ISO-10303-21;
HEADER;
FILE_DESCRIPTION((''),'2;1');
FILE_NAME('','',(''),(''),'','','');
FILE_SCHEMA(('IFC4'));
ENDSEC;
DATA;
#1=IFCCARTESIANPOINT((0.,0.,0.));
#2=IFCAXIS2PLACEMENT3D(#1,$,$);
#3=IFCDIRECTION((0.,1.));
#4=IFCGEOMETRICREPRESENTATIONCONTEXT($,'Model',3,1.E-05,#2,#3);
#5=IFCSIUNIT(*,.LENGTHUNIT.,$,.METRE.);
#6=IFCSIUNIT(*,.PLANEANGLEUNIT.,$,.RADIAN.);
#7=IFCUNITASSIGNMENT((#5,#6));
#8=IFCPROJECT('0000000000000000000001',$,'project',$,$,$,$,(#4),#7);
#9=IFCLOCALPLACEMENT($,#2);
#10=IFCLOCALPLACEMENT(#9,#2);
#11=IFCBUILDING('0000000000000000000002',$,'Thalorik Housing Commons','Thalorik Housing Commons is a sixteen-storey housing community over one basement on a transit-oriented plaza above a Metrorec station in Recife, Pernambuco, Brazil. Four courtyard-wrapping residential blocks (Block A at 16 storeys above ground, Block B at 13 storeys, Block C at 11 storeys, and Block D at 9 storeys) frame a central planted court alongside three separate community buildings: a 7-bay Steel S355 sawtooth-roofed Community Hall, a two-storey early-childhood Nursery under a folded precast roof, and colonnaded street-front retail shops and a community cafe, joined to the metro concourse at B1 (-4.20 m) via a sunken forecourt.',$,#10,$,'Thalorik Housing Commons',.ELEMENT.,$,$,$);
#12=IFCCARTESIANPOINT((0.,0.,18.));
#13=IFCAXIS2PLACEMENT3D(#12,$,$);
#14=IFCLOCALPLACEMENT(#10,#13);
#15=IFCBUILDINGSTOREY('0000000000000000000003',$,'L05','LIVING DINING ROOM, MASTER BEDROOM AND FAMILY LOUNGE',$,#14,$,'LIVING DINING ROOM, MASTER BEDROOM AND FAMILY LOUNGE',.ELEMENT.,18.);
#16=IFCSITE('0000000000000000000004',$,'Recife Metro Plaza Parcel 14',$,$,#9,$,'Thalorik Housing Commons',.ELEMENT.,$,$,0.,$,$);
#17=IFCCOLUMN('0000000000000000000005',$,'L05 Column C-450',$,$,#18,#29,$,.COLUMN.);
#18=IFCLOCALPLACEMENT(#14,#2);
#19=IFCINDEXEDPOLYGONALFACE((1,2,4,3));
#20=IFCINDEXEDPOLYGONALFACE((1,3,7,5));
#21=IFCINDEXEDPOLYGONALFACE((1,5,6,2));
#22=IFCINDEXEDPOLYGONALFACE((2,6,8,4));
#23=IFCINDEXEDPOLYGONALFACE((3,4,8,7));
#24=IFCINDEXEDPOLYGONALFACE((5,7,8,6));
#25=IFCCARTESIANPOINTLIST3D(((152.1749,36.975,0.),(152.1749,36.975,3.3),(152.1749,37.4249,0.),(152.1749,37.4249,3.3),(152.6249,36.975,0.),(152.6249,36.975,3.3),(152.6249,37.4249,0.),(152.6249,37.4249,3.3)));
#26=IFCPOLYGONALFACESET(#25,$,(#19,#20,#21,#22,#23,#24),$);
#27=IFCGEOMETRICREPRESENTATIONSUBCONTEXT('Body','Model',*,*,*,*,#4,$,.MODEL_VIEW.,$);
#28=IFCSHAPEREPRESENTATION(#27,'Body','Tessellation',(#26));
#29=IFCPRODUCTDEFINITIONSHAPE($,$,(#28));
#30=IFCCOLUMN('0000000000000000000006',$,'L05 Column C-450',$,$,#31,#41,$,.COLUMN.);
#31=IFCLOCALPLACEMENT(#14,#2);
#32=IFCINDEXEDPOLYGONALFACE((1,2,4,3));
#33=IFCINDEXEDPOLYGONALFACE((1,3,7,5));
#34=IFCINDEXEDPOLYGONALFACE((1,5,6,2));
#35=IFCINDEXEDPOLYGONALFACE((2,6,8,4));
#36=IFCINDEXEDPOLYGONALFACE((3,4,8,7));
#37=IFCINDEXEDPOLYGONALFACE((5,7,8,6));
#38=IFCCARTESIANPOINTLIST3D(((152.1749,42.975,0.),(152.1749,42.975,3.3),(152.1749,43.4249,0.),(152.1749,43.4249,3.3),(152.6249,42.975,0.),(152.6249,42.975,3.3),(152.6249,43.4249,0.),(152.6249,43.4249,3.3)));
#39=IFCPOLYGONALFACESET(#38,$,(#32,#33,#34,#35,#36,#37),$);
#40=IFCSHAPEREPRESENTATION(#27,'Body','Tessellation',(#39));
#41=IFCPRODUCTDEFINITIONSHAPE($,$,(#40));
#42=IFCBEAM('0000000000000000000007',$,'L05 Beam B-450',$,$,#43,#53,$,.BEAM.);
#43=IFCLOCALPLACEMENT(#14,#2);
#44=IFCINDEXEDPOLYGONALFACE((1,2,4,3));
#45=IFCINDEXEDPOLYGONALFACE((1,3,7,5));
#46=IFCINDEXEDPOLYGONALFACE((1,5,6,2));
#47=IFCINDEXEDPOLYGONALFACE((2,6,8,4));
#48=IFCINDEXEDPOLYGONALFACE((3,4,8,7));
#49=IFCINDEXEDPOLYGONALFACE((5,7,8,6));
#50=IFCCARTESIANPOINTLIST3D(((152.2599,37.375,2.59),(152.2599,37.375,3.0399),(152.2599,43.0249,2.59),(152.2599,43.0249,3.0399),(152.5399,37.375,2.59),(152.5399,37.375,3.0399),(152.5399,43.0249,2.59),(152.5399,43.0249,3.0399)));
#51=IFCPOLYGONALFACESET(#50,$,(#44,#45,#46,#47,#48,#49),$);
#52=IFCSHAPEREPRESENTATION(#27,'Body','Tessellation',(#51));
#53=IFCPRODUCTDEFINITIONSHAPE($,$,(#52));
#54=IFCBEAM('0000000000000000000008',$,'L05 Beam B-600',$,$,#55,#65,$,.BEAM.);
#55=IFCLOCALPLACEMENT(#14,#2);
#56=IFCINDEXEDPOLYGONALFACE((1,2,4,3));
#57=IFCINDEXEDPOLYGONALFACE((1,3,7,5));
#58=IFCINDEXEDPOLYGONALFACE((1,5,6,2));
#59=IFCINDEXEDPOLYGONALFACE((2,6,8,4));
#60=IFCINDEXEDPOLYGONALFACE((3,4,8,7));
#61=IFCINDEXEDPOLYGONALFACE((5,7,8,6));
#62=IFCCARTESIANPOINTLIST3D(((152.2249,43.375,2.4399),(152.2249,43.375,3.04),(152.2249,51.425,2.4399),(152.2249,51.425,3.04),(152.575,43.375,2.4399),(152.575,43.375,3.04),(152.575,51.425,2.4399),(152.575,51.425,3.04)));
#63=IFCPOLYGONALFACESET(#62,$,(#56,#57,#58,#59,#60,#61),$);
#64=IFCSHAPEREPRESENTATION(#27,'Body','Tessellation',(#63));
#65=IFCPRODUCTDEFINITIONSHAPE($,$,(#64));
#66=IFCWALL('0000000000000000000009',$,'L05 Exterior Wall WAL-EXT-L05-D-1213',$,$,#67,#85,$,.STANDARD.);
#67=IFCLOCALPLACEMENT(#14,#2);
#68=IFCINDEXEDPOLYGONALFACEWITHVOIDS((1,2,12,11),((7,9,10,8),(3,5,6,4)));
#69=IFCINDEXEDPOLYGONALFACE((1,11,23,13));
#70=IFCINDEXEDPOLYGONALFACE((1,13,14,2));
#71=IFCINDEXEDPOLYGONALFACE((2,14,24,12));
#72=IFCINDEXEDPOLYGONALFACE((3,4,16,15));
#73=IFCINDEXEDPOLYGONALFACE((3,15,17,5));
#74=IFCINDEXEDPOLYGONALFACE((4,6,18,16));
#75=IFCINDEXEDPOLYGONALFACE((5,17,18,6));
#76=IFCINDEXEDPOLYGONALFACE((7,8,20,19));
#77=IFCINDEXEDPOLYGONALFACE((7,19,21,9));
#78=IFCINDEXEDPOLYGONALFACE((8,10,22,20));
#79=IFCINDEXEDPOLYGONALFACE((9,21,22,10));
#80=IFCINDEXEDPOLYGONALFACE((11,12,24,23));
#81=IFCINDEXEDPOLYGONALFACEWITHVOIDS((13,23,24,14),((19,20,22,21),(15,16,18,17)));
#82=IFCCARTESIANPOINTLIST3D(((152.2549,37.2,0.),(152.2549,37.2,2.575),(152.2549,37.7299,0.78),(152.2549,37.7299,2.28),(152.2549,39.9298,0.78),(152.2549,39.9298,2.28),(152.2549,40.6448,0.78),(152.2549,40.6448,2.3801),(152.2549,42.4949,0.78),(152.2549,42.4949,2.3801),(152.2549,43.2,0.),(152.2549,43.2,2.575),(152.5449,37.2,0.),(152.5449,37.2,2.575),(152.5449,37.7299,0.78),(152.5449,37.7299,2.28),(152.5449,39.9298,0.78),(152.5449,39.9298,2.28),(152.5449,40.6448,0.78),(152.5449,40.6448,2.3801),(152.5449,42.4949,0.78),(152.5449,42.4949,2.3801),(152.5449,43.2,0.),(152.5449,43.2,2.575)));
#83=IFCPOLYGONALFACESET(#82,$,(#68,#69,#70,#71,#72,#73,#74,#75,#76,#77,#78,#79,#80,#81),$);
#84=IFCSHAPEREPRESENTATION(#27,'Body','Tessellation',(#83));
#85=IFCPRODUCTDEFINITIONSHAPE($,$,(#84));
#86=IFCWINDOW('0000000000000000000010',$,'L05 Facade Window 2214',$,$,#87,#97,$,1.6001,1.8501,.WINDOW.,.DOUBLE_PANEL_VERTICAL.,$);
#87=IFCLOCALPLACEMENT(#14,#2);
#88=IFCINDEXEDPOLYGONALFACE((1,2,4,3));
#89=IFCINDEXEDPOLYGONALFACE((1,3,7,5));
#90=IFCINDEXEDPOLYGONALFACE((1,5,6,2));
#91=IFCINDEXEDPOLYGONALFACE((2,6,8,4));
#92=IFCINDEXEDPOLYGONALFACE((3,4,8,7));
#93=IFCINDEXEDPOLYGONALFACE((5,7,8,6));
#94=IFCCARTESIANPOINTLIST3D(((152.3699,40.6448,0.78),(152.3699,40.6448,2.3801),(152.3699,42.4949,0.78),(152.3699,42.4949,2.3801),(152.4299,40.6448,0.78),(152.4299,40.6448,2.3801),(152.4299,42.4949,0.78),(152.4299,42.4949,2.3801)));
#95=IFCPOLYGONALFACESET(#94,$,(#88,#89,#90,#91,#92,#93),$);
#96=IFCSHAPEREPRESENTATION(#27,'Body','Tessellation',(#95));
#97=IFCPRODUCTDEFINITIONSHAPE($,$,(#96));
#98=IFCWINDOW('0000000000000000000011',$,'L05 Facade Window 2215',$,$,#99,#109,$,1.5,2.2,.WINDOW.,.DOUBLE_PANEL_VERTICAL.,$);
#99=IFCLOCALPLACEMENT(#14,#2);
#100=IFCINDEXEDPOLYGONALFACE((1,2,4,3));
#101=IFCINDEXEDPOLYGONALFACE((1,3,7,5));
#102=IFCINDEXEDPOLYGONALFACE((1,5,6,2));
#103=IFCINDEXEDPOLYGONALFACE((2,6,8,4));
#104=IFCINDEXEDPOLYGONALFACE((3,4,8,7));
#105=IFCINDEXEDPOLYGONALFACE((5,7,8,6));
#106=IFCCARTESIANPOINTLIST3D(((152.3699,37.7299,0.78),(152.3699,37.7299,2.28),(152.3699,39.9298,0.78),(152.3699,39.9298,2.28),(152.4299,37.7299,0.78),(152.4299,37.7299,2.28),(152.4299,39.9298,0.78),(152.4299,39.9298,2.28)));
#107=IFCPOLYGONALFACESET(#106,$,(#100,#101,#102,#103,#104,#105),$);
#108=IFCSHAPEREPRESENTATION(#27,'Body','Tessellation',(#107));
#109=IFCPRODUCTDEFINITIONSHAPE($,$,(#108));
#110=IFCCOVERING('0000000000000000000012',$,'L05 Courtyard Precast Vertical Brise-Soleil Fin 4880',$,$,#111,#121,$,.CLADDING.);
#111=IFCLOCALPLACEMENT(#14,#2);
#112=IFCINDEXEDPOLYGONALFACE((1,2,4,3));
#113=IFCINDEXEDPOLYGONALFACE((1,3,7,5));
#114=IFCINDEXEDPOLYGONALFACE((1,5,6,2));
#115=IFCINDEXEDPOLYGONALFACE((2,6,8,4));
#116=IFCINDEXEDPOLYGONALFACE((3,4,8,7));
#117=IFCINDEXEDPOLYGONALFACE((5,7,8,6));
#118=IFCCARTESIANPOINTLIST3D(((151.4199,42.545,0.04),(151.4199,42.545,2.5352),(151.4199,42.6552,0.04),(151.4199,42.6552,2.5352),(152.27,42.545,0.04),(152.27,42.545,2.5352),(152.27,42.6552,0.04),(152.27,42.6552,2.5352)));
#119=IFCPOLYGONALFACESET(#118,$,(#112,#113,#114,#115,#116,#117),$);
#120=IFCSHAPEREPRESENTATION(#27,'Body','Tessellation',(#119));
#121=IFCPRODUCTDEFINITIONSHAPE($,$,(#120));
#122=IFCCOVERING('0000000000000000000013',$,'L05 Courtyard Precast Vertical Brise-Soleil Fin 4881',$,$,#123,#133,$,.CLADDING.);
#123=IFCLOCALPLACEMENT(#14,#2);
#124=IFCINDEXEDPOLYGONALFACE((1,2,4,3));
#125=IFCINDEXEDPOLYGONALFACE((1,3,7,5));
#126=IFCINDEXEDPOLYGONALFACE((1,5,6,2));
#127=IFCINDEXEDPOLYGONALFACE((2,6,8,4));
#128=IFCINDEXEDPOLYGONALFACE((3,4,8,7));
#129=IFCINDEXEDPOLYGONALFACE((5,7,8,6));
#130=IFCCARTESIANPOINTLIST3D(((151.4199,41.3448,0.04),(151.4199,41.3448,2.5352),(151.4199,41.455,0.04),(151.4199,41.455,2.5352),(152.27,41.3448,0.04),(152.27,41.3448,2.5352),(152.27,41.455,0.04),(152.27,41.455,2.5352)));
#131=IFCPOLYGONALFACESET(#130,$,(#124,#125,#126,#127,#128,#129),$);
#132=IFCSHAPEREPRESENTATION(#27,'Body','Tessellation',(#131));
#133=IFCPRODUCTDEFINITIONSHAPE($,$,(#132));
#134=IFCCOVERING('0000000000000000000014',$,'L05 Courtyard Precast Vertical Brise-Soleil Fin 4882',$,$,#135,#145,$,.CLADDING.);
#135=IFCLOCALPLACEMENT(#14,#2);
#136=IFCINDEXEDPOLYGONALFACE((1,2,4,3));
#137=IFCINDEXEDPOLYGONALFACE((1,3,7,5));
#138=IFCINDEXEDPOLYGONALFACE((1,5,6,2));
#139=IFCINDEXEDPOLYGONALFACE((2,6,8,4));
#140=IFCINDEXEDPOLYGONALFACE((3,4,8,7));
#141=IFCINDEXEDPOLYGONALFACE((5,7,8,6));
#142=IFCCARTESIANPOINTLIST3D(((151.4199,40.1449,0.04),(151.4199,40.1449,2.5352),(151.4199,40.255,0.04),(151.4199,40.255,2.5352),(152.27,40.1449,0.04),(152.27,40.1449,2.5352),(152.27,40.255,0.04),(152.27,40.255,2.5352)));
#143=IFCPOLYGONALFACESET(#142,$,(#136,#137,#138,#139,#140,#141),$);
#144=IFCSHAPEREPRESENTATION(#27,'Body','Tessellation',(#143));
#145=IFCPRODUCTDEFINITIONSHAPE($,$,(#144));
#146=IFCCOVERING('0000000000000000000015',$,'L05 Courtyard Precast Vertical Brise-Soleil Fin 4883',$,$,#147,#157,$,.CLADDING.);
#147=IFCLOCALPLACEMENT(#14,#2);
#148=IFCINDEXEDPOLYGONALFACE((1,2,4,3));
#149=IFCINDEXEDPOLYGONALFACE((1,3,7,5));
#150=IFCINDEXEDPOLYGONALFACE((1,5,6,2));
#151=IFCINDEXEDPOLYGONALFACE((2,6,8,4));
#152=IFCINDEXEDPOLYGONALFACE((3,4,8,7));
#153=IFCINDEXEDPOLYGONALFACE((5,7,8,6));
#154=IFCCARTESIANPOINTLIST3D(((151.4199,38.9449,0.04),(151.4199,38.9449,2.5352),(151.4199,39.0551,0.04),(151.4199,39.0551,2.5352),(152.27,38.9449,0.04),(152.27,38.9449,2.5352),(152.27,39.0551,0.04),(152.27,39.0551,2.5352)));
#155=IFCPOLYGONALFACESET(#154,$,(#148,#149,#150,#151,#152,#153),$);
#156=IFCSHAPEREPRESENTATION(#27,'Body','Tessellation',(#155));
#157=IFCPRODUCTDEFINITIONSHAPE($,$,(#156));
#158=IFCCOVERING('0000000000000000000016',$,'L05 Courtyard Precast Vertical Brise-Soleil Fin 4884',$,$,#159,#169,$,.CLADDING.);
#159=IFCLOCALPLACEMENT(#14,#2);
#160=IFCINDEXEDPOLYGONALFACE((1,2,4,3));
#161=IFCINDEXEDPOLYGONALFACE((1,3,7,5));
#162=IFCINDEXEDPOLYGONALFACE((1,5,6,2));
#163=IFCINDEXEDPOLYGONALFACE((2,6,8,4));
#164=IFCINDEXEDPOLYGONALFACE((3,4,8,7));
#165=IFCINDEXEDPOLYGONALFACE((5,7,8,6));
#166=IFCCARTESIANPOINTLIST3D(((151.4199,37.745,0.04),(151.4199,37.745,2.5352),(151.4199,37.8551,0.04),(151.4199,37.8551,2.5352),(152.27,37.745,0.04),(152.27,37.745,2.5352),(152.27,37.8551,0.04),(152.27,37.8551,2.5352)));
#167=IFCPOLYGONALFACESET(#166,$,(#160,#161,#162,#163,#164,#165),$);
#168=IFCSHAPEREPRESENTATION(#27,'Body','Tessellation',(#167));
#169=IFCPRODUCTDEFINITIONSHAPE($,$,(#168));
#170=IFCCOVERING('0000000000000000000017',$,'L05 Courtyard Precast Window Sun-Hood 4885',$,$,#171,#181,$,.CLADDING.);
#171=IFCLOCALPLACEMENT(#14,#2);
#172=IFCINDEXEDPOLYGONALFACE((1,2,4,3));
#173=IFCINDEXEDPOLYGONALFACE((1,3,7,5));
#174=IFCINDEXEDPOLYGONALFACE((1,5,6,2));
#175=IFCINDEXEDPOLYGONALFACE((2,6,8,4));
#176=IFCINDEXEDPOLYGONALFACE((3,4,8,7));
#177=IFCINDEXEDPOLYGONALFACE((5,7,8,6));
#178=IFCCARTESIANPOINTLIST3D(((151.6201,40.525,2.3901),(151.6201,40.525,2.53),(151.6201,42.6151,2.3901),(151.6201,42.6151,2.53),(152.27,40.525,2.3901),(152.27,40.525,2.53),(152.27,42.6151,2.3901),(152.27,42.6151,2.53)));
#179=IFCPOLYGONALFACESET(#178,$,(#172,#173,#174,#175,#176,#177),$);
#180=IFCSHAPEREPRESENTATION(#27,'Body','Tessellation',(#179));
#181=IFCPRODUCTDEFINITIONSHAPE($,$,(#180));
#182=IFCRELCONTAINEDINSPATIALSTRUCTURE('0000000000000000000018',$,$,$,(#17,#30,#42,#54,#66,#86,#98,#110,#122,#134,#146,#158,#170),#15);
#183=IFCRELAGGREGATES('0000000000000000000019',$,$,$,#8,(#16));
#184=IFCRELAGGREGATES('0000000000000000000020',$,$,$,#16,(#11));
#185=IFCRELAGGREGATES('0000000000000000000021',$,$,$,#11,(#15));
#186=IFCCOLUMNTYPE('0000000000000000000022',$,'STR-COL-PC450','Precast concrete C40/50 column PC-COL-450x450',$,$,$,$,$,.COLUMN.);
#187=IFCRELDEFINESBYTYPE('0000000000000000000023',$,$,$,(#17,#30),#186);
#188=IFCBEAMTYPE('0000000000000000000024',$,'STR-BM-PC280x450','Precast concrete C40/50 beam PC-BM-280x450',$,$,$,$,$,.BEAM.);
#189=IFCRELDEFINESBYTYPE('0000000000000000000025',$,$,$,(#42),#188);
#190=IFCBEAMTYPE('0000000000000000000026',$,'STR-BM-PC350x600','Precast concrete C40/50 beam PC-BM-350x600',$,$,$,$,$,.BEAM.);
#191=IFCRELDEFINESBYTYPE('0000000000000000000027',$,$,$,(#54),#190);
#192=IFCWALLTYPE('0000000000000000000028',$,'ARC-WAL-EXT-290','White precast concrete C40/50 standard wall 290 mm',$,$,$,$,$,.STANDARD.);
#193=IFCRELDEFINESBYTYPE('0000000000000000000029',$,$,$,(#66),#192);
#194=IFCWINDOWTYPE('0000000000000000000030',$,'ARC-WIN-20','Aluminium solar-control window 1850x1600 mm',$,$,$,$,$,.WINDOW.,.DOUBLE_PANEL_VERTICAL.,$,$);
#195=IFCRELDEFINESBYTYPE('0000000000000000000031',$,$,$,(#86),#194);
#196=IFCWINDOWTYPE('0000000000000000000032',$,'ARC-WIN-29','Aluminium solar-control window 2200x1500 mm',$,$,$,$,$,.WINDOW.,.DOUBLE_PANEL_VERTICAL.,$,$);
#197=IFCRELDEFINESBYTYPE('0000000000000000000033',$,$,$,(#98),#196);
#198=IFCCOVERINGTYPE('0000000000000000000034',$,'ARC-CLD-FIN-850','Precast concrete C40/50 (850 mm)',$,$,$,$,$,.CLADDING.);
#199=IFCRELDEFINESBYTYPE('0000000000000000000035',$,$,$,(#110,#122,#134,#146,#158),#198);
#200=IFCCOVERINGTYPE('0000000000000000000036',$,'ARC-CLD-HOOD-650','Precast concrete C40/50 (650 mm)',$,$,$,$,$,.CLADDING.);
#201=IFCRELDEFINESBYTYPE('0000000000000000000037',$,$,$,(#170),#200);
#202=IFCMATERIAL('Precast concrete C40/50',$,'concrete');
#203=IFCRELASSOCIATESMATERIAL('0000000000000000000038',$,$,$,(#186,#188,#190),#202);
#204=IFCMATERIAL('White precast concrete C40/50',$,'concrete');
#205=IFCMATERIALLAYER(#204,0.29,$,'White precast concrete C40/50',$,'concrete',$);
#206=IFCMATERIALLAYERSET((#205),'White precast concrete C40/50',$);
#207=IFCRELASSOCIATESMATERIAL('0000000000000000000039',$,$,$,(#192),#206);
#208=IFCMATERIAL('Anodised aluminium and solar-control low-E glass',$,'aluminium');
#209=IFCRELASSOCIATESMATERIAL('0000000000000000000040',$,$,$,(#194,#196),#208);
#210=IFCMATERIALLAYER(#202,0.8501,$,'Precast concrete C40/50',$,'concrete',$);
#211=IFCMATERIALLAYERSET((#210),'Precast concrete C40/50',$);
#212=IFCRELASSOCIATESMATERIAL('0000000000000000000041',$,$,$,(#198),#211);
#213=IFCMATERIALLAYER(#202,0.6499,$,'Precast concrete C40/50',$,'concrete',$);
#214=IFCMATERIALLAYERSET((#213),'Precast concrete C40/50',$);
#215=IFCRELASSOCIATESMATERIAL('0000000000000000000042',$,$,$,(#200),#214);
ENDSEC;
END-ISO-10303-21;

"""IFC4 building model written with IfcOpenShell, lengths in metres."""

from ifc_helpers import new_model, si_unit, direction, frame, frame_2d, origin, origin_2d, place, context, subcontext, project, spatial, rectangle, extrude, material, layer, layer_set, material_profile, profile_set, type_object, element, fill, save


model = new_model("IFC4")

# Units and contexts
model_context = context("Model", 3, precision=1e-05, world=origin(), true_north=direction((0.0, 1.0)))
body_context = subcontext(model_context, "Body", "Model", "MODEL_VIEW")
ifc_project = project(units=[si_unit("LENGTHUNIT", "METRE"), si_unit("PLANEANGLEUNIT", "RADIAN")], contexts=[model_context])

# Site, building, storey
site_placement = place(None, origin())
site = spatial("IfcSite", under=ifc_project, at=site_placement, Name="Recife Metro Plaza Parcel 14", LongName="Thalorik Housing Commons", CompositionType="ELEMENT", RefElevation=0.0)
building_placement = place(site_placement, origin())
building = spatial("IfcBuilding", under=site, at=building_placement, Name="Thalorik Housing Commons", Description="Thalorik Housing Commons is a sixteen-storey housing community over one basement on a transit-oriented plaza above a Metrorec station in Recife, Pernambuco, Brazil. Four courtyard-wrapping residential blocks (Block A at 16 storeys above ground, Block B at 13 storeys, Block C at 11 storeys, and Block D at 9 storeys) frame a central planted court alongside three separate community buildings: a 7-bay Steel S355 sawtooth-roofed Community Hall, a two-storey early-childhood Nursery under a folded precast roof, and colonnaded street-front retail shops and a community cafe, joined to the metro concourse at B1 (-4.20 m) via a sunken forecourt.", LongName="Thalorik Housing Commons", CompositionType="ELEMENT")
storey_placement = place(building_placement, frame((0.0, 0.0, 18.0)))
storey = spatial("IfcBuildingStorey", under=building, at=storey_placement, Name="L05", Description="LIVING DINING ROOM, MASTER BEDROOM AND FAMILY LOUNGE", LongName="LIVING DINING ROOM, MASTER BEDROOM AND FAMILY LOUNGE", CompositionType="ELEMENT", Elevation=18.0)

# Columns
ifc_material_1 = material(Name="Precast concrete C40/50", Category="concrete")
ifc_material_profile_1 = material_profile(ifc_material_1, rectangle(XDim=0.45, YDim=0.45, at=origin_2d()), Name="PC 450x450", Category="concrete")
ifc_profile_set_1 = profile_set([ifc_material_profile_1], Name="Precast concrete C40/50")
column_type = type_object("IfcColumnType", Name="STR-COL-PC450", Description="Precast concrete C40/50 column PC-COL-450x450", PredefinedType="COLUMN", material=ifc_profile_set_1)
for number, where, z_axis, x_axis, name in (
    (1, (152.3999, 37.2, 0.0), (0.0, 0.0, 1.0), (1.0, 0.0, 0.0), "L05 Column C-450"),
    (2, (152.3999, 43.2, 0.0), (0.0, 0.0, 1.0), (1.0, 0.0, 0.0), "L05 Column C-450"),
):
    element("IfcColumn", number, at=place(storey_placement, frame(where, z_axis=z_axis, x_axis=x_axis)), inside=storey, type_object=column_type, Name=name, PredefinedType="COLUMN", context=body_context, shape_type="SweptSolid", body=[
        extrude(rectangle(XDim=0.45, YDim=0.45, at=origin_2d()), origin(), (0.0, 0.0, 1.0), 3.3),
    ])

# Beams
ifc_material_profile_2 = material_profile(ifc_material_1, rectangle(XDim=0.28, YDim=0.45, at=origin_2d()), Name="PC 280x450", Category="concrete")
ifc_profile_set_2 = profile_set([ifc_material_profile_2], Name="Precast concrete C40/50")
beam_type_1 = type_object("IfcBeamType", Name="STR-BM-PC280x450", Description="Precast concrete C40/50 beam PC-BM-280x450", PredefinedType="BEAM", material=ifc_profile_set_2)
beam_1_placement = place(storey_placement, frame((152.3999, 37.375, 2.8149), z_axis=(0.0, 1.0, 0.0), x_axis=(-1.0, 0.0, 0.0)))
element("IfcBeam", 3, at=beam_1_placement, inside=storey, type_object=beam_type_1, Name="L05 Beam B-450", PredefinedType="BEAM", context=body_context, shape_type="SweptSolid", body=[
    extrude(rectangle(XDim=0.28, YDim=0.45, at=origin_2d()), origin(), (0.0, 0.0, 1.0), 5.6499),
])
ifc_material_profile_3 = material_profile(ifc_material_1, rectangle(XDim=0.3501, YDim=0.6001, at=origin_2d()), Name="PC 350x600", Category="concrete")
ifc_profile_set_3 = profile_set([ifc_material_profile_3], Name="Precast concrete C40/50")
beam_type_2 = type_object("IfcBeamType", Name="STR-BM-PC350x600", Description="Precast concrete C40/50 beam PC-BM-350x600", PredefinedType="BEAM", material=ifc_profile_set_3)
beam_2_placement = place(storey_placement, frame((152.3999, 43.375, 2.74), z_axis=(0.0, 1.0, 0.0), x_axis=(-1.0, 0.0, 0.0)))
element("IfcBeam", 4, at=beam_2_placement, inside=storey, type_object=beam_type_2, Name="L05 Beam B-600", PredefinedType="BEAM", context=body_context, shape_type="SweptSolid", body=[
    extrude(rectangle(XDim=0.3501, YDim=0.6001, at=origin_2d()), origin(), (0.0, 0.0, 1.0), 8.05),
])

# Wall, openings, windows
ifc_material_2 = material(Name="White precast concrete C40/50", Category="concrete")
ifc_layer_1 = layer(ifc_material_2, 0.29, Name="White precast concrete C40/50", Category="concrete")
ifc_layer_set_1 = layer_set([ifc_layer_1], Name="White precast concrete C40/50")
wall_type = type_object("IfcWallType", Name="ARC-WAL-EXT-290", Description="White precast concrete C40/50 standard wall 290 mm", PredefinedType="STANDARD", material=ifc_layer_set_1)
wall_1_placement = place(storey_placement, frame((152.3999, 43.2, 0.0), z_axis=(0.0, 0.0, 1.0), x_axis=(0.0, -1.0, 0.0)))
wall_1 = element("IfcWall", 5, at=wall_1_placement, inside=storey, type_object=wall_type, Name="L05 Exterior Wall WAL-EXT-L05-D-1213", PredefinedType="STANDARD", context=body_context, shape_type="SweptSolid", body=[
    extrude(rectangle(XDim=6.0, YDim=0.29, at=frame_2d((3.0, 0.0))), origin(), (0.0, 0.0, 1.0), 2.575),
])
opening_1_placement = place(wall_1_placement, frame((0.7051, 0.0, 0.78)))
opening_1 = element("IfcOpeningElement", 6, at=opening_1_placement, cuts=wall_1, PredefinedType="OPENING", context=body_context, shape_type="SweptSolid", body=[
    extrude(rectangle(XDim=1.8501, YDim=1.6001, at=frame_2d((0.925, 0.8))), frame((0.0, 0.155, 0.0), z_axis=(0.0, -1.0, 0.0), x_axis=(1.0, 0.0, 0.0)), (0.0, 0.0, 1.0), 0.3101),
])
opening_2_placement = place(wall_1_placement, frame((3.27, 0.0, 0.78)))
opening_2 = element("IfcOpeningElement", 7, at=opening_2_placement, cuts=wall_1, PredefinedType="OPENING", context=body_context, shape_type="SweptSolid", body=[
    extrude(rectangle(XDim=2.2, YDim=1.5, at=frame_2d((1.1001, 0.75))), frame((0.0, 0.155, 0.0), z_axis=(0.0, -1.0, 0.0), x_axis=(1.0, 0.0, 0.0)), (0.0, 0.0, 1.0), 0.3101),
])
ifc_material_3 = material(Name="Anodised aluminium and solar-control low-E glass", Category="aluminium")
window_type_1 = type_object("IfcWindowType", Name="ARC-WIN-20", Description="Aluminium solar-control window 1850x1600 mm", PartitioningType="DOUBLE_PANEL_VERTICAL", PredefinedType="WINDOW", material=ifc_material_3)
window_1_placement = place(opening_1_placement, origin())
window_1 = element("IfcWindow", 8, at=window_1_placement, inside=storey, type_object=window_type_1, Name="L05 Facade Window 2214", OverallHeight=1.6001, OverallWidth=1.8501, PartitioningType="DOUBLE_PANEL_VERTICAL", PredefinedType="WINDOW", context=body_context, shape_type="SweptSolid", body=[
    extrude(rectangle(XDim=1.8501, YDim=1.6001, at=frame_2d((0.925, 0.8))), frame((0.0, 0.03, 0.0), z_axis=(0.0, -1.0, 0.0), x_axis=(1.0, 0.0, 0.0)), (0.0, 0.0, 1.0), 0.0601),
])
fill(opening_1, window_1)
window_type_2 = type_object("IfcWindowType", Name="ARC-WIN-29", Description="Aluminium solar-control window 2200x1500 mm", PartitioningType="DOUBLE_PANEL_VERTICAL", PredefinedType="WINDOW", material=ifc_material_3)
window_2_placement = place(opening_2_placement, origin())
window_2 = element("IfcWindow", 9, at=window_2_placement, inside=storey, type_object=window_type_2, Name="L05 Facade Window 2215", OverallHeight=1.5, OverallWidth=2.2, PartitioningType="DOUBLE_PANEL_VERTICAL", PredefinedType="WINDOW", context=body_context, shape_type="SweptSolid", body=[
    extrude(rectangle(XDim=2.2, YDim=1.5, at=frame_2d((1.1001, 0.75))), frame((0.0, 0.03, 0.0), z_axis=(0.0, -1.0, 0.0), x_axis=(1.0, 0.0, 0.0)), (0.0, 0.0, 1.0), 0.0601),
])
fill(opening_2, window_2)

# Coverings
ifc_layer_2 = layer(ifc_material_1, 0.8501, Name="Precast concrete C40/50", Category="concrete")
ifc_layer_set_2 = layer_set([ifc_layer_2], Name="Precast concrete C40/50")
covering_type_1 = type_object("IfcCoveringType", Name="ARC-CLD-FIN-850", Description="Precast concrete C40/50 (850 mm)", PredefinedType="CLADDING", material=ifc_layer_set_2)
for number, where, z_axis, x_axis, name in (
    (10, (151.845, 42.6001, 0.04), (0.0, 0.0, 1.0), (0.0, -1.0, 0.0), "L05 Courtyard Precast Vertical Brise-Soleil Fin 4880"),
    (11, (151.845, 41.3999, 0.04), (0.0, 0.0, 1.0), (0.0, -1.0, 0.0), "L05 Courtyard Precast Vertical Brise-Soleil Fin 4881"),
    (12, (151.845, 40.2, 0.04), (0.0, 0.0, 1.0), (0.0, -1.0, 0.0), "L05 Courtyard Precast Vertical Brise-Soleil Fin 4882"),
    (13, (151.845, 39.0, 0.04), (0.0, 0.0, 1.0), (0.0, -1.0, 0.0), "L05 Courtyard Precast Vertical Brise-Soleil Fin 4883"),
    (14, (151.845, 37.8, 0.04), (0.0, 0.0, 1.0), (0.0, -1.0, 0.0), "L05 Courtyard Precast Vertical Brise-Soleil Fin 4884"),
):
    element("IfcCovering", number, at=place(storey_placement, frame(where, z_axis=z_axis, x_axis=x_axis)), inside=storey, type_object=covering_type_1, Name=name, PredefinedType="CLADDING", context=body_context, shape_type="SweptSolid", body=[
        extrude(rectangle(XDim=0.1101, YDim=0.8501, at=origin_2d()), origin(), (0.0, 0.0, 1.0), 2.4951),
    ])
ifc_layer_3 = layer(ifc_material_1, 0.6499, Name="Precast concrete C40/50", Category="concrete")
ifc_layer_set_3 = layer_set([ifc_layer_3], Name="Precast concrete C40/50")
covering_type_2 = type_object("IfcCoveringType", Name="ARC-CLD-HOOD-650", Description="Precast concrete C40/50 (650 mm)", PredefinedType="CLADDING", material=ifc_layer_set_3)
covering_1_placement = place(storey_placement, frame((151.9451, 41.5701, 2.3901), z_axis=(0.0, 0.0, 1.0), x_axis=(0.0, -1.0, 0.0)))
element("IfcCovering", 15, at=covering_1_placement, inside=storey, type_object=covering_type_2, Name="L05 Courtyard Precast Window Sun-Hood 4885", PredefinedType="CLADDING", context=body_context, shape_type="SweptSolid", body=[
    extrude(rectangle(XDim=2.0901, YDim=0.6499, at=origin_2d()), origin(), (0.0, 0.0, 1.0), 0.1399),
])

save(model, "model.ifc")
